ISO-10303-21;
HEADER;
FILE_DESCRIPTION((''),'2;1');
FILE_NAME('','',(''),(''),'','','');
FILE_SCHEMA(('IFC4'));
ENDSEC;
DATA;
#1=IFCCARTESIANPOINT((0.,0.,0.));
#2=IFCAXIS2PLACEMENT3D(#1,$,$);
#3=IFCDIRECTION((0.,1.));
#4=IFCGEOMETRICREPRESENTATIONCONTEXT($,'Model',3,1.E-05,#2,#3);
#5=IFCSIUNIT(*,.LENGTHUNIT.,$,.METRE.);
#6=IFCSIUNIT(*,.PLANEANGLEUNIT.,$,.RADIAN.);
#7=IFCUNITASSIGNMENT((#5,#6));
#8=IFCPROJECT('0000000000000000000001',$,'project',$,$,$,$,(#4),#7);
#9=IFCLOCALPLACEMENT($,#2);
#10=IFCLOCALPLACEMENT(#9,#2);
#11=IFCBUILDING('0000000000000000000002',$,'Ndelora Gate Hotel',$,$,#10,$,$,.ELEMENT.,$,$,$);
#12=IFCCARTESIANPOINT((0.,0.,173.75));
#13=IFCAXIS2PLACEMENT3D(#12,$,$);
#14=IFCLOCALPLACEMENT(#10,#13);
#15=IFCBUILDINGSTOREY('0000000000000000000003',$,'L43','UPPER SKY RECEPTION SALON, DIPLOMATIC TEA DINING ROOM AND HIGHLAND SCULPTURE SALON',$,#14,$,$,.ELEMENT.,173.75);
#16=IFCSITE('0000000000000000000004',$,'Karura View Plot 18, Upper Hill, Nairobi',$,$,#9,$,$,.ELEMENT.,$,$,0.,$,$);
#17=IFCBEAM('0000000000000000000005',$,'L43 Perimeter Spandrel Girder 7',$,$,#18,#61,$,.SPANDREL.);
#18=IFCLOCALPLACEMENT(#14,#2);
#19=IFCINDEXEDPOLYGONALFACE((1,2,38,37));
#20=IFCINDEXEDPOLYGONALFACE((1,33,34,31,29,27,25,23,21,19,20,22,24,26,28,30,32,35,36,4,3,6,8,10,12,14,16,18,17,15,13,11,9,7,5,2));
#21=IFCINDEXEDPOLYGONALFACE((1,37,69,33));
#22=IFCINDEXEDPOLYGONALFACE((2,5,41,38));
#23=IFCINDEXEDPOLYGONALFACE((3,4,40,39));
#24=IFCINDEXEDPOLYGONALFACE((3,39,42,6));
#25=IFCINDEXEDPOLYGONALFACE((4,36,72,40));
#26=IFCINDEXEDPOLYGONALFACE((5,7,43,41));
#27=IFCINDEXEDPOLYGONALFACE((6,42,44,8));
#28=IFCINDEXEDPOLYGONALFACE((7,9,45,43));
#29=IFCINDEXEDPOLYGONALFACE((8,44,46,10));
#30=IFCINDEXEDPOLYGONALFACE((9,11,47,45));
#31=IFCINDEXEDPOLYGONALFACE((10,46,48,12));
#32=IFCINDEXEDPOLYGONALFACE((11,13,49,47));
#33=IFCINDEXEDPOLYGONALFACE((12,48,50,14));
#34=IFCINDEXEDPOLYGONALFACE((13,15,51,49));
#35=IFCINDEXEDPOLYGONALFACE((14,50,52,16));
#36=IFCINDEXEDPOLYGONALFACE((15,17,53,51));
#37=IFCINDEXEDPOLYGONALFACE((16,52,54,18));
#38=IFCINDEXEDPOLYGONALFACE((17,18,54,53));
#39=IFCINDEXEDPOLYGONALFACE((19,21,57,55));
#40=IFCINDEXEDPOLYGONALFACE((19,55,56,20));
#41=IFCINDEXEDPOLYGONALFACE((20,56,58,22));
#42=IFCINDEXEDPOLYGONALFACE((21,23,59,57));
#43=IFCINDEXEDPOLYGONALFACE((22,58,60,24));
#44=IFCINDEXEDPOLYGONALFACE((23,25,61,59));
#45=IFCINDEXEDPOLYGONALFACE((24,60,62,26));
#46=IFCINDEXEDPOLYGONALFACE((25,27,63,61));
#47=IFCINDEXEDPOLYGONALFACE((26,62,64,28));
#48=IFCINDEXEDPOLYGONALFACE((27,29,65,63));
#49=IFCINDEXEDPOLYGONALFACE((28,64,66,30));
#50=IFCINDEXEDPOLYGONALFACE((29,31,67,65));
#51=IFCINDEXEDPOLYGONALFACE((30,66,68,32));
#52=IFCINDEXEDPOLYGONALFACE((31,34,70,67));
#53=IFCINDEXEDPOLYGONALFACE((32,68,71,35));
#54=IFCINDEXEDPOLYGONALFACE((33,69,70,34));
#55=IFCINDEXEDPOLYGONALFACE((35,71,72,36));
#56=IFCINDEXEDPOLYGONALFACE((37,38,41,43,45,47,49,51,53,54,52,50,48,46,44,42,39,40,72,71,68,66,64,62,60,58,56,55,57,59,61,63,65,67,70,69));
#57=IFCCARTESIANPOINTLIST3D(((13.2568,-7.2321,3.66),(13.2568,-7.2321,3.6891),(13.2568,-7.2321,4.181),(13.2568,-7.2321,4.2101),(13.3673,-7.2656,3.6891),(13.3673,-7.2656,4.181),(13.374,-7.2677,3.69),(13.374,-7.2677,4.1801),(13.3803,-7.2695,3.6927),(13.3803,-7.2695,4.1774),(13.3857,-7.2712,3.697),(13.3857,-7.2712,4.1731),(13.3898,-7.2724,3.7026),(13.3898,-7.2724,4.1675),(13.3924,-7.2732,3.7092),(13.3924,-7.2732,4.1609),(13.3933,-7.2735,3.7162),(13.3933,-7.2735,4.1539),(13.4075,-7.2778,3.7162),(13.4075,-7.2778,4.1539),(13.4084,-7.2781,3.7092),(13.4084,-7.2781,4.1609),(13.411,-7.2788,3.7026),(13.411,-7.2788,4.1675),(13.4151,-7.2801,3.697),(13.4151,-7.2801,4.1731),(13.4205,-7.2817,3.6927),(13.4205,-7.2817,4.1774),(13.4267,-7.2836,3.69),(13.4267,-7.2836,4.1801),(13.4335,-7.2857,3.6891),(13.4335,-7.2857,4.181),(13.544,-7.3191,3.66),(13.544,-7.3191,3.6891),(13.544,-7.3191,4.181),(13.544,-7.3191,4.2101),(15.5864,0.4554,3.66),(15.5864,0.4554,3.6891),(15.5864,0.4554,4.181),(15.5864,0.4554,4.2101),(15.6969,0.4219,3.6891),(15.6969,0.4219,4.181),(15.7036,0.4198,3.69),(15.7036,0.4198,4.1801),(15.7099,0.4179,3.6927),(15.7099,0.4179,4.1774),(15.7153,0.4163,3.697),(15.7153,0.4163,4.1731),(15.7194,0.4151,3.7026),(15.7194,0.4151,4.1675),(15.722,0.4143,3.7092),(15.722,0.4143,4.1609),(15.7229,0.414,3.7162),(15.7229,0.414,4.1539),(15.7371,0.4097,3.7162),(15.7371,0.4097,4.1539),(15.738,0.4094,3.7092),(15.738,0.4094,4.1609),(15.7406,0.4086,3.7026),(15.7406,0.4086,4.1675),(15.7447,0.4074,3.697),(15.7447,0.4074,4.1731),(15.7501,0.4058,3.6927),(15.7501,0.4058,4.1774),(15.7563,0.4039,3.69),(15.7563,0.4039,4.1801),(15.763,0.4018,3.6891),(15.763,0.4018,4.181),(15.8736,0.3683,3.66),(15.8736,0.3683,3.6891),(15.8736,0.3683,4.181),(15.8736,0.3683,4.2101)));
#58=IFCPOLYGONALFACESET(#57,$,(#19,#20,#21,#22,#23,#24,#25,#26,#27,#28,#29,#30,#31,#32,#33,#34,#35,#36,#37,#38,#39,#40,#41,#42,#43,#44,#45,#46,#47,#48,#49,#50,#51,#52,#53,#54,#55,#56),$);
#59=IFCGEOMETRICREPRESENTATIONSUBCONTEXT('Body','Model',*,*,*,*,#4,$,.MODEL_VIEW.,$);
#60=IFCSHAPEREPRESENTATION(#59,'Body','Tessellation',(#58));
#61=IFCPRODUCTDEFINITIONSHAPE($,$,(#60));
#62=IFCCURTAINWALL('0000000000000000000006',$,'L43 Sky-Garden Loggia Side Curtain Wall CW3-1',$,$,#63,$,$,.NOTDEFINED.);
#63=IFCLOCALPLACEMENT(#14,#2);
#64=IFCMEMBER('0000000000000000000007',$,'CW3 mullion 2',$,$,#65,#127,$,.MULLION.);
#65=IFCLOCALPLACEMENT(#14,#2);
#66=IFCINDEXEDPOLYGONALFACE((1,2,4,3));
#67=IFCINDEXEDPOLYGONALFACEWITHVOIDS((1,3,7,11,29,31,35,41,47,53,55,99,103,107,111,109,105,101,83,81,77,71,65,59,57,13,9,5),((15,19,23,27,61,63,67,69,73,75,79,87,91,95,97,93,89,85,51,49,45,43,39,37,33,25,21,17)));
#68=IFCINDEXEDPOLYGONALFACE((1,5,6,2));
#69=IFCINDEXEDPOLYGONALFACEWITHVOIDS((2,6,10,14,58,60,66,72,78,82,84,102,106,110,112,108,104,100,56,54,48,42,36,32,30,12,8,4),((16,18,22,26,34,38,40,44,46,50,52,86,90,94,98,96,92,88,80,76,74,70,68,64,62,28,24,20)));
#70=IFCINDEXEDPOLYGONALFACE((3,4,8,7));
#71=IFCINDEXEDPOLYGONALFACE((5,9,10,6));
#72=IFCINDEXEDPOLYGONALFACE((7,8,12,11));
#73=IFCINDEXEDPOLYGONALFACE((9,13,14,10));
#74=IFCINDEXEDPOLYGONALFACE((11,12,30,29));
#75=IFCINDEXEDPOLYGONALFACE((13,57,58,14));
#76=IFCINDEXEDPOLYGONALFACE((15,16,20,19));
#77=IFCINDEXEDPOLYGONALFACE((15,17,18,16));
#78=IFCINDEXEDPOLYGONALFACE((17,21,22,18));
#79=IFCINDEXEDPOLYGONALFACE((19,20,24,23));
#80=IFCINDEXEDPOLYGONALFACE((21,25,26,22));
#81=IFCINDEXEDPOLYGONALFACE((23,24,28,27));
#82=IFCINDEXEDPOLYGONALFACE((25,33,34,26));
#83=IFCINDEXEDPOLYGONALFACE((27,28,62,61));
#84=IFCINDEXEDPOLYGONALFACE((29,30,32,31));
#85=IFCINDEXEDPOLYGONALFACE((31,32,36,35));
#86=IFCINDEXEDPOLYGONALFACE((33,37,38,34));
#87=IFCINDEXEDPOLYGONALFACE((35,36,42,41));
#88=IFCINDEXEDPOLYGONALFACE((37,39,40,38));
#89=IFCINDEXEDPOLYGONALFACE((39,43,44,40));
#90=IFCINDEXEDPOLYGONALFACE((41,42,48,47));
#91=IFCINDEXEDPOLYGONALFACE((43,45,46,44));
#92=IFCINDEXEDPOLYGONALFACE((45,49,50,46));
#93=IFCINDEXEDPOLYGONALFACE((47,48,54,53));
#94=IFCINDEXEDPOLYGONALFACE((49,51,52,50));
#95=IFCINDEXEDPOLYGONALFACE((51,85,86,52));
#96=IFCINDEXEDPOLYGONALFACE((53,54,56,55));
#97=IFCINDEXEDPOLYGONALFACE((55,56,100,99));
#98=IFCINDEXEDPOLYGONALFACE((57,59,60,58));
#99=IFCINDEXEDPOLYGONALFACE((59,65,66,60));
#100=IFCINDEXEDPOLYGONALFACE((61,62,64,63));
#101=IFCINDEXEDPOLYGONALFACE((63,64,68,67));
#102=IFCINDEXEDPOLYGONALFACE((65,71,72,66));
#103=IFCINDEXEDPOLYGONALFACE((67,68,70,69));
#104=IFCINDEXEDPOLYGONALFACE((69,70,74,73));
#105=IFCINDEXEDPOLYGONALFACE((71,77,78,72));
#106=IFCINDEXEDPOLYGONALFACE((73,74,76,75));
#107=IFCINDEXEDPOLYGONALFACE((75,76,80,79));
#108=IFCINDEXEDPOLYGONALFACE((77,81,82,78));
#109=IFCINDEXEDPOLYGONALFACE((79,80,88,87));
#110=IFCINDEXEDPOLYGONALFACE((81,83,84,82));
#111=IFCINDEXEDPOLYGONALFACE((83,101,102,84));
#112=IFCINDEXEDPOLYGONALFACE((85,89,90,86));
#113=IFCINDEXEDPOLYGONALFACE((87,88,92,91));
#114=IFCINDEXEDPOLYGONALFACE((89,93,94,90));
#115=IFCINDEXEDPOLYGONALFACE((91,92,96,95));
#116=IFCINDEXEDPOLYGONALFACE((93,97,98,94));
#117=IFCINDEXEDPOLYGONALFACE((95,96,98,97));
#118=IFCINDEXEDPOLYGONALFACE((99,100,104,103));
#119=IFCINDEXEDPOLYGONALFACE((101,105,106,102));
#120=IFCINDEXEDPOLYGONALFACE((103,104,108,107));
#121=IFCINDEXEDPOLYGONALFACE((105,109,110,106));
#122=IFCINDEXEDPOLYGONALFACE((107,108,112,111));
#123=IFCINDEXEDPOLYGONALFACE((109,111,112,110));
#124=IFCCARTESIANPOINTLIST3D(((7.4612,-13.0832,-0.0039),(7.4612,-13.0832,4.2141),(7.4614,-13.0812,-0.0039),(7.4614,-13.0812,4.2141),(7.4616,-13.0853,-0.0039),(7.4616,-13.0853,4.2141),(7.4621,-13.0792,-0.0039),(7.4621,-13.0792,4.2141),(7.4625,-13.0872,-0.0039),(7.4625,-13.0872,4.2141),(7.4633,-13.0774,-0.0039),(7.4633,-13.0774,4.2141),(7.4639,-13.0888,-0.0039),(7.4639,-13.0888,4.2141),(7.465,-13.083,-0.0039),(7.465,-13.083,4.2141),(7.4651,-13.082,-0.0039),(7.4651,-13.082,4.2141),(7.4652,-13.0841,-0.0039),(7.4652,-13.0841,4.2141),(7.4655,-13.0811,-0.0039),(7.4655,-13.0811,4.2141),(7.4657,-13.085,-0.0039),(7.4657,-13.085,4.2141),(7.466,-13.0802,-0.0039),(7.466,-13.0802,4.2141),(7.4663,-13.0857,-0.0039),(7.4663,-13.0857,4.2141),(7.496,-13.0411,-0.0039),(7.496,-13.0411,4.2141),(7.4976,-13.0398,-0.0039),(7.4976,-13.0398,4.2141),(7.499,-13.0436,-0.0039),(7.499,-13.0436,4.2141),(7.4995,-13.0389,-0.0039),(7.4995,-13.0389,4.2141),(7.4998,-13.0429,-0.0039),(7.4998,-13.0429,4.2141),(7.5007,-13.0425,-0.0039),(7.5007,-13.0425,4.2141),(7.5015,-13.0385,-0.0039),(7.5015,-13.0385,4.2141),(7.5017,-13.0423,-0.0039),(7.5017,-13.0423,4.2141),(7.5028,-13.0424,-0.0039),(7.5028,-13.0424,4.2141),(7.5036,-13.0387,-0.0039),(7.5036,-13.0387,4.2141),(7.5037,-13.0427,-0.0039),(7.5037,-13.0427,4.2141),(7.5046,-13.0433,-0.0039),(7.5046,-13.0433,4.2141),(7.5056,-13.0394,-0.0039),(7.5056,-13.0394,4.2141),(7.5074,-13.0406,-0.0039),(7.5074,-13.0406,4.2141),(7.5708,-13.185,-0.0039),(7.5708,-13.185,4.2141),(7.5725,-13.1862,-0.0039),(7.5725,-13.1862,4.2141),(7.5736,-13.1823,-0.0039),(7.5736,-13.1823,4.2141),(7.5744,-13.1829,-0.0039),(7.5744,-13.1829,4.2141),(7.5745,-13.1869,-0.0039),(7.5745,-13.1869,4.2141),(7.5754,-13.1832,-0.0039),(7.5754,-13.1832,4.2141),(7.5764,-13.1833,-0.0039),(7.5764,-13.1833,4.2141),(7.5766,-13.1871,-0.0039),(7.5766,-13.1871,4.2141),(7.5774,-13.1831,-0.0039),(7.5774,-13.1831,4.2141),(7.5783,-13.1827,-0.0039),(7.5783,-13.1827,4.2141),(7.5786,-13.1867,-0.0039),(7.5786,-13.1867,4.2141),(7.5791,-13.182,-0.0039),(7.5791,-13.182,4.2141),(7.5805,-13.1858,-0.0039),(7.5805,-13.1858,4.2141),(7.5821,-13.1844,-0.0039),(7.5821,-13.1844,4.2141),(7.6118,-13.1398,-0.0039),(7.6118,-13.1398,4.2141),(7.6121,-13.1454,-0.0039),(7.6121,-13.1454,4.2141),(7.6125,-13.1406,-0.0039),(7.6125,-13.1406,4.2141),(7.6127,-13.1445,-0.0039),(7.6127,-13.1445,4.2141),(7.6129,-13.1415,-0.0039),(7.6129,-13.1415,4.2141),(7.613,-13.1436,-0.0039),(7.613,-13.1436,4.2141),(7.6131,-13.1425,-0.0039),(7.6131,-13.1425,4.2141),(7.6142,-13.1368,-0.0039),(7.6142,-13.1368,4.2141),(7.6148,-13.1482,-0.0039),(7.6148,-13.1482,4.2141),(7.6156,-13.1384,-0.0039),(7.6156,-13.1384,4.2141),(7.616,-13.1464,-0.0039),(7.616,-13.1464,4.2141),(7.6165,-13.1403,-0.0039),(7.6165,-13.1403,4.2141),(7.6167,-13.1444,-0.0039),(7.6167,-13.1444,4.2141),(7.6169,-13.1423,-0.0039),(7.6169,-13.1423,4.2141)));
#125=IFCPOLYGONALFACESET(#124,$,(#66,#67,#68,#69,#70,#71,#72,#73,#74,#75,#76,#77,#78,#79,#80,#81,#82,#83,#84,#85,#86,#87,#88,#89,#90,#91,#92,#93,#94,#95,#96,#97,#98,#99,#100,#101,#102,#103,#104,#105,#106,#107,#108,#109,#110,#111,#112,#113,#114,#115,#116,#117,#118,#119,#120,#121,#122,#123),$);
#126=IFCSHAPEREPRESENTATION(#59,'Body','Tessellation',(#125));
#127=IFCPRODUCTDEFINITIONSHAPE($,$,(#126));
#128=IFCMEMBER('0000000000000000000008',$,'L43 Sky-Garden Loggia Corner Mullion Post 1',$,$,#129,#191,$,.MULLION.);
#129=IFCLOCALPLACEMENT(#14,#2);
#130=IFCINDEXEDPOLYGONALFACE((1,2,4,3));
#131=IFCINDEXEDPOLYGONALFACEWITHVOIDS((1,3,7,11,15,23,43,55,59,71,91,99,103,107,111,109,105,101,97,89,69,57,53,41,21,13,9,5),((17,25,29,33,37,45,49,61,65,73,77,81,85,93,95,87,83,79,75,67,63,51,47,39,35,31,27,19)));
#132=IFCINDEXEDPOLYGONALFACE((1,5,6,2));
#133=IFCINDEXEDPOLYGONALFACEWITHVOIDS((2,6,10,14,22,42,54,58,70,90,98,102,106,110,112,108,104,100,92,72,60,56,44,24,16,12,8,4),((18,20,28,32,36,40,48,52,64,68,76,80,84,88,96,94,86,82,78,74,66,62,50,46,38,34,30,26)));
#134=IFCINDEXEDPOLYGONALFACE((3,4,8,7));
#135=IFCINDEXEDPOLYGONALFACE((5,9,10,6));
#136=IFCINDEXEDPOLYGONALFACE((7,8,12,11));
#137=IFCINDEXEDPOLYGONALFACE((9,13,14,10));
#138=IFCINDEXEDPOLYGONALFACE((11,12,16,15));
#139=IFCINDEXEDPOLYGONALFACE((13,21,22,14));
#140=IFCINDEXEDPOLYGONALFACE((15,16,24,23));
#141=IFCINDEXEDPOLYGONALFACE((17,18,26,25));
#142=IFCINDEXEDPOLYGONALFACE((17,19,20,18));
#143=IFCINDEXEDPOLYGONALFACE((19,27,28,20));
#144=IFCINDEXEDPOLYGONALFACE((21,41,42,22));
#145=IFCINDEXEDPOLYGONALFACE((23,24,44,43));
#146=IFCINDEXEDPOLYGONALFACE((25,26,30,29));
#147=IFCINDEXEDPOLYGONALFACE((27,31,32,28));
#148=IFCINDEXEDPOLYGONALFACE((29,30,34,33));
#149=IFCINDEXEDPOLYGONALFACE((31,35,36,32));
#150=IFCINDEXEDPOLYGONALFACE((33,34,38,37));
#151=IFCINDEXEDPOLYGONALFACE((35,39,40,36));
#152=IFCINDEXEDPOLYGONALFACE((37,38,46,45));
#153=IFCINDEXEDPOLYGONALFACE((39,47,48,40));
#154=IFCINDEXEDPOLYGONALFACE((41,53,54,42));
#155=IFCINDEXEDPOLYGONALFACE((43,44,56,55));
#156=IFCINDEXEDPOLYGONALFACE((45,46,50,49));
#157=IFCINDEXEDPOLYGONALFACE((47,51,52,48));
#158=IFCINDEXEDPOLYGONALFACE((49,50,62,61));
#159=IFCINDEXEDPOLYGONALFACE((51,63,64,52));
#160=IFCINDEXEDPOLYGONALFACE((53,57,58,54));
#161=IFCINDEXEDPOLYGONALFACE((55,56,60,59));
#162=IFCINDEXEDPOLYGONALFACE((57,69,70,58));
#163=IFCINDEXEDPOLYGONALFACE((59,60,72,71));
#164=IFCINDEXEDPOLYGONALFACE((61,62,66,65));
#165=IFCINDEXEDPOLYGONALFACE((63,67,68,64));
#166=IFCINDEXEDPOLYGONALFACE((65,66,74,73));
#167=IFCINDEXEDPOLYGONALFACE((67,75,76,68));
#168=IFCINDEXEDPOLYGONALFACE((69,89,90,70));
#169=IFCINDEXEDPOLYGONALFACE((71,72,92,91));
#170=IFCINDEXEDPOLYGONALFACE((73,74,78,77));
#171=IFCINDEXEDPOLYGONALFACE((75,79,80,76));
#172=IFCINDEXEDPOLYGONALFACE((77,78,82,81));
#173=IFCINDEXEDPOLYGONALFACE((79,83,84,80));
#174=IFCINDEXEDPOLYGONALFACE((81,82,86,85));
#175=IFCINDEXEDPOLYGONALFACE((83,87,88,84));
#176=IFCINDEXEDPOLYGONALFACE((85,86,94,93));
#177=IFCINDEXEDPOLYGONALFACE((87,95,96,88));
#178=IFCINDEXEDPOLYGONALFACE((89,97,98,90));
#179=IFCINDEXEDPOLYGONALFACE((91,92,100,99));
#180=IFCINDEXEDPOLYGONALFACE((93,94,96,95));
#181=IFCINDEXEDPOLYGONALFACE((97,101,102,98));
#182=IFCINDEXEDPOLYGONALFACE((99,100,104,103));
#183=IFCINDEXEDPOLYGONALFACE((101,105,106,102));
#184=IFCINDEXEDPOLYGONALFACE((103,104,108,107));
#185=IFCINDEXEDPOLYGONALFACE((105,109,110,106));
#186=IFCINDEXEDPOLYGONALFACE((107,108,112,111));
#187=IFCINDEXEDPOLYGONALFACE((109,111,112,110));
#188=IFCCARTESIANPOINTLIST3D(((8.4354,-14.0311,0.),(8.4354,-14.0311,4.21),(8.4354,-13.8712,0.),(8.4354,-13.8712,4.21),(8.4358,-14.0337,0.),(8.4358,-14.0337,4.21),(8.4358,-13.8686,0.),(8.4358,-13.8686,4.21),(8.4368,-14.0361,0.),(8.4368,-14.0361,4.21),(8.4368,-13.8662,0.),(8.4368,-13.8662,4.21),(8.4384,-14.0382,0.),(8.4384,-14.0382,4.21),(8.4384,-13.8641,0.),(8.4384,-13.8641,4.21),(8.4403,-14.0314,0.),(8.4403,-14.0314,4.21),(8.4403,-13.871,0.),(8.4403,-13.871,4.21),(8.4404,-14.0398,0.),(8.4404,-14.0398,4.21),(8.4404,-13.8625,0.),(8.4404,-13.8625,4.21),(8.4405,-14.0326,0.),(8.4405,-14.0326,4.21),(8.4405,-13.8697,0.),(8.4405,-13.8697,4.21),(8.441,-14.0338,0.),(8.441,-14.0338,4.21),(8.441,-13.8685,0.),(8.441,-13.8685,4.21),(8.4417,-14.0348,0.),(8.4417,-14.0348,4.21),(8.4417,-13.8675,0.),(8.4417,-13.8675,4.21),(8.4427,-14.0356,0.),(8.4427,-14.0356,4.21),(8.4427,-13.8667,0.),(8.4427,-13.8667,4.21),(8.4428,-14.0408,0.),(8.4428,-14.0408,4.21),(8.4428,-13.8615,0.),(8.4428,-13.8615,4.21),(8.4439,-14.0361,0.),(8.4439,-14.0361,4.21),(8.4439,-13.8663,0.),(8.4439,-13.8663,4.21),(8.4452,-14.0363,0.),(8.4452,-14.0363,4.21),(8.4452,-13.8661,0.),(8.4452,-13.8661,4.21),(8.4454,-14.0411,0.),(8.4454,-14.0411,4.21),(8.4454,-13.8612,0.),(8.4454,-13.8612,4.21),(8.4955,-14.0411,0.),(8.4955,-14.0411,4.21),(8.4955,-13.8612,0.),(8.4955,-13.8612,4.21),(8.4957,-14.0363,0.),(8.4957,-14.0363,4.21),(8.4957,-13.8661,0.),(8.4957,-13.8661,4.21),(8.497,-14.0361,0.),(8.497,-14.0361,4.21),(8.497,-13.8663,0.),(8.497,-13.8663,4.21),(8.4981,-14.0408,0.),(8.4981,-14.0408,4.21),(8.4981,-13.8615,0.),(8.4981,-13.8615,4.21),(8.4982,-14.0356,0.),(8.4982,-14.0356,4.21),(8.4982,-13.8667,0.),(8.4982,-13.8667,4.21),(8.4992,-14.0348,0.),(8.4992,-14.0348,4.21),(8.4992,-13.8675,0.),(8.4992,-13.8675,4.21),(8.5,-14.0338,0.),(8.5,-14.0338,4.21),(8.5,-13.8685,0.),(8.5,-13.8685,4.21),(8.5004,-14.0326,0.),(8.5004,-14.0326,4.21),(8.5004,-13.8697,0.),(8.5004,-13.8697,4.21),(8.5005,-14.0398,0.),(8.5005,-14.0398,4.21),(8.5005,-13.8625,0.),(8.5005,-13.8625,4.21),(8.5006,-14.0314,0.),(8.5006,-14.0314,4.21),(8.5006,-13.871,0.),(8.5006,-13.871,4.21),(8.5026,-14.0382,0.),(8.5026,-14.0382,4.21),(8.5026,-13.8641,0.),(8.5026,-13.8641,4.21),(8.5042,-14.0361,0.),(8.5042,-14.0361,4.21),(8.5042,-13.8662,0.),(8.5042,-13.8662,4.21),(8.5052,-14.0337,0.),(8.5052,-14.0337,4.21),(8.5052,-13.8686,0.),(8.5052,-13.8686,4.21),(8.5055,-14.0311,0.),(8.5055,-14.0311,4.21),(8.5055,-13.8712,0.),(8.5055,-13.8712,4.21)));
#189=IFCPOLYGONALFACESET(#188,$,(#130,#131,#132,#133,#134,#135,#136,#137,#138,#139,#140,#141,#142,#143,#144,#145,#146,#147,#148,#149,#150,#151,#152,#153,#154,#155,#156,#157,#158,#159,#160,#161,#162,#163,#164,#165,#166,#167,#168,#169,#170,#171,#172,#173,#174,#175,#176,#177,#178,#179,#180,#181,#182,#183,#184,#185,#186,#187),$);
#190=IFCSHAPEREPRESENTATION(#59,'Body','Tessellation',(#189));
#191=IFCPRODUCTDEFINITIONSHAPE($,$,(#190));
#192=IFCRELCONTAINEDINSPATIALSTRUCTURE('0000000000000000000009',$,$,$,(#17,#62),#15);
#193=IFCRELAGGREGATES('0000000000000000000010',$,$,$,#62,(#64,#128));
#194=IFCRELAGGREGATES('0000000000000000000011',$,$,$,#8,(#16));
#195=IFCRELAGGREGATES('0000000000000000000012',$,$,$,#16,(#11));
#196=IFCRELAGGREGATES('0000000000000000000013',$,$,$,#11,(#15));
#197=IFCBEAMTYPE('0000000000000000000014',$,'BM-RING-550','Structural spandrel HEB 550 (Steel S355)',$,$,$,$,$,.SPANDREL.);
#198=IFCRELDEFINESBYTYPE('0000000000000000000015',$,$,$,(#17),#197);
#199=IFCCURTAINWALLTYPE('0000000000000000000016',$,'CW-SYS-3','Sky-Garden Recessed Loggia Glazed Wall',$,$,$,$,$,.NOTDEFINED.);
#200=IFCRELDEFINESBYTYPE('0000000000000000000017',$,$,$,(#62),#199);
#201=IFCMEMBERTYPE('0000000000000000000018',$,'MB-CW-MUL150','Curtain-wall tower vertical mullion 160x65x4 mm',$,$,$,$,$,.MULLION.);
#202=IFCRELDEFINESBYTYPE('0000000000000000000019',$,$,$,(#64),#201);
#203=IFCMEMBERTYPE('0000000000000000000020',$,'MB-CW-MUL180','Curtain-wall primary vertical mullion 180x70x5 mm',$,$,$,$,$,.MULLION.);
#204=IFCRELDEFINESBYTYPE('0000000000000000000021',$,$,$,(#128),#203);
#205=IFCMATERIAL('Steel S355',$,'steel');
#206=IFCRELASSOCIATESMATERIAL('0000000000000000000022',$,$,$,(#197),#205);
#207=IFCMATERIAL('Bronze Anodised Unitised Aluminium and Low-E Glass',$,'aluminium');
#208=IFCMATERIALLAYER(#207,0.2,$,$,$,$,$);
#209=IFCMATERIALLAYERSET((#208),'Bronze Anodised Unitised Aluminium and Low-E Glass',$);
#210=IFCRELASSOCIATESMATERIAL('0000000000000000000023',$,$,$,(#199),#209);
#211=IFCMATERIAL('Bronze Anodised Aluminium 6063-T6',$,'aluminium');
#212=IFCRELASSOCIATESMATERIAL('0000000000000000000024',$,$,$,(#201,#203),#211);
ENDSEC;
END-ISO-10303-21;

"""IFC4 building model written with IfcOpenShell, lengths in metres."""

from ifc_helpers import new_model, si_unit, direction, frame, origin, origin_2d, place, context, subcontext, project, spatial, hollow_rectangle, i_section, extrude, material, layer, layer_set, material_profile, profile_set, type_object, element, aggregate, save


model = new_model("IFC4")

# Units and contexts
model_context = context("Model", 3, precision=1e-05, world=origin(), true_north=direction((0.0, 1.0)))
body_context = subcontext(model_context, "Body", "Model", "MODEL_VIEW")
ifc_project = project(units=[si_unit("LENGTHUNIT", "METRE"), si_unit("PLANEANGLEUNIT", "RADIAN")], contexts=[model_context])

# Site, building, storey
site_placement = place(None, origin())
site = spatial("IfcSite", under=ifc_project, at=site_placement, Name="Karura View Plot 18, Upper Hill, Nairobi", CompositionType="ELEMENT", RefElevation=0.0)
building_placement = place(site_placement, origin())
building = spatial("IfcBuilding", under=site, at=building_placement, Name="Ndelora Gate Hotel", CompositionType="ELEMENT")
storey_placement = place(building_placement, frame((0.0, 0.0, 173.75)))
storey = spatial("IfcBuildingStorey", under=building, at=storey_placement, Name="L43", Description="UPPER SKY RECEPTION SALON, DIPLOMATIC TEA DINING ROOM AND HIGHLAND SCULPTURE SALON", CompositionType="ELEMENT", Elevation=173.75)

# Beam
ifc_material_1 = material(Name="Steel S355", Category="steel")
ifc_material_profile_1 = material_profile(ifc_material_1, i_section(OverallWidth=0.3, OverallDepth=0.55, WebThickness=0.0149, FlangeThickness=0.0291, FilletRadius=0.0271, at=origin_2d()), Name="HEB 550")
ifc_profile_set_1 = profile_set([ifc_material_profile_1], Name="Steel S355")
beam_type_1 = type_object("IfcBeamType", Name="BM-RING-550", Description="Structural spandrel HEB 550 (Steel S355)", PredefinedType="SPANDREL", material=ifc_profile_set_1)
beam_1_placement = place(storey_placement, frame((13.4004, -7.2756, 3.9351), z_axis=(0.290012, 0.957023, 0.0), x_axis=(-0.957023, 0.290012, 0.0)))
element("IfcBeam", 1, at=beam_1_placement, inside=storey, type_object=beam_type_1, Name="L43 Perimeter Spandrel Girder 7", PredefinedType="SPANDREL", context=body_context, shape_type="SweptSolid", body=[
    extrude(i_section(OverallWidth=0.3, OverallDepth=0.55, WebThickness=0.0149, FlangeThickness=0.0291, FilletRadius=0.0271, at=origin_2d()), origin(), (0.0, 0.0, 1.0), 8.0327),
])

# Curtain wall, members
ifc_material_2 = material(Name="Bronze Anodised Unitised Aluminium and Low-E Glass", Category="aluminium")
ifc_layer_1 = layer(ifc_material_2, 0.2)
ifc_layer_set_1 = layer_set([ifc_layer_1], Name="Bronze Anodised Unitised Aluminium and Low-E Glass")
curtain_wall_type = type_object("IfcCurtainWallType", Name="CW-SYS-3", Description="Sky-Garden Recessed Loggia Glazed Wall", PredefinedType="NOTDEFINED", material=ifc_layer_set_1)
curtain_wall_1_placement = place(storey_placement, origin())
curtain_wall_1 = element("IfcCurtainWall", 2, at=curtain_wall_1_placement, inside=storey, type_object=curtain_wall_type, Name="L43 Sky-Garden Loggia Side Curtain Wall CW3-1", PredefinedType="NOTDEFINED")
ifc_material_3 = material(Name="Bronze Anodised Aluminium 6063-T6", Category="aluminium")
ifc_material_profile_2 = material_profile(ifc_material_3, hollow_rectangle(XDim=0.0649, YDim=0.1599, WallThickness=0.0039, InnerFilletRadius=0.0039, OuterFilletRadius=0.0081, at=origin_2d()), Name="ALU 160x65x4")
ifc_profile_set_2 = profile_set([ifc_material_profile_2], Name="Bronze Anodised Aluminium 6063-T6")
member_type_1 = type_object("IfcMemberType", Name="MB-CW-MUL150", Description="Curtain-wall tower vertical mullion 160x65x4 mm", PredefinedType="MULLION", material=ifc_profile_set_2)
member_1_placement = place(storey_placement, frame((7.5391, -13.1128, -0.0039), z_axis=(0.0, 0.0, 1.0), x_axis=(0.669128, 0.743147, 0.0)))
member_1 = element("IfcMember", 3, at=member_1_placement, type_object=member_type_1, Name="CW3 mullion 2", PredefinedType="MULLION", context=body_context, shape_type="SweptSolid", body=[
    extrude(hollow_rectangle(XDim=0.0649, YDim=0.1599, WallThickness=0.0039, InnerFilletRadius=0.0039, OuterFilletRadius=0.0081, at=origin_2d()), origin(), (0.0, 0.0, 1.0), 4.218),
])
ifc_material_profile_3 = material_profile(ifc_material_3, hollow_rectangle(XDim=0.0701, YDim=0.1799, WallThickness=0.0049, InnerFilletRadius=0.0049, OuterFilletRadius=0.01, at=origin_2d()), Name="ALU 180x70x5")
ifc_profile_set_3 = profile_set([ifc_material_profile_3], Name="Bronze Anodised Aluminium 6063-T6")
member_type_2 = type_object("IfcMemberType", Name="MB-CW-MUL180", Description="Curtain-wall primary vertical mullion 180x70x5 mm", PredefinedType="MULLION", material=ifc_profile_set_3)
member_2_placement = place(storey_placement, frame((8.4705, -13.9512, 0.0), z_axis=(0.0, 0.0, 1.0), x_axis=(1.0, 0.0, 0.0)))
member_2 = element("IfcMember", 4, at=member_2_placement, type_object=member_type_2, Name="L43 Sky-Garden Loggia Corner Mullion Post 1", PredefinedType="MULLION", context=body_context, shape_type="SweptSolid", body=[
    extrude(hollow_rectangle(XDim=0.0701, YDim=0.1799, WallThickness=0.0049, InnerFilletRadius=0.0049, OuterFilletRadius=0.01, at=origin_2d()), origin(), (0.0, 0.0, 1.0), 4.21),
])

aggregate(curtain_wall_1, [member_1, member_2])

save(model, "model.ifc")
